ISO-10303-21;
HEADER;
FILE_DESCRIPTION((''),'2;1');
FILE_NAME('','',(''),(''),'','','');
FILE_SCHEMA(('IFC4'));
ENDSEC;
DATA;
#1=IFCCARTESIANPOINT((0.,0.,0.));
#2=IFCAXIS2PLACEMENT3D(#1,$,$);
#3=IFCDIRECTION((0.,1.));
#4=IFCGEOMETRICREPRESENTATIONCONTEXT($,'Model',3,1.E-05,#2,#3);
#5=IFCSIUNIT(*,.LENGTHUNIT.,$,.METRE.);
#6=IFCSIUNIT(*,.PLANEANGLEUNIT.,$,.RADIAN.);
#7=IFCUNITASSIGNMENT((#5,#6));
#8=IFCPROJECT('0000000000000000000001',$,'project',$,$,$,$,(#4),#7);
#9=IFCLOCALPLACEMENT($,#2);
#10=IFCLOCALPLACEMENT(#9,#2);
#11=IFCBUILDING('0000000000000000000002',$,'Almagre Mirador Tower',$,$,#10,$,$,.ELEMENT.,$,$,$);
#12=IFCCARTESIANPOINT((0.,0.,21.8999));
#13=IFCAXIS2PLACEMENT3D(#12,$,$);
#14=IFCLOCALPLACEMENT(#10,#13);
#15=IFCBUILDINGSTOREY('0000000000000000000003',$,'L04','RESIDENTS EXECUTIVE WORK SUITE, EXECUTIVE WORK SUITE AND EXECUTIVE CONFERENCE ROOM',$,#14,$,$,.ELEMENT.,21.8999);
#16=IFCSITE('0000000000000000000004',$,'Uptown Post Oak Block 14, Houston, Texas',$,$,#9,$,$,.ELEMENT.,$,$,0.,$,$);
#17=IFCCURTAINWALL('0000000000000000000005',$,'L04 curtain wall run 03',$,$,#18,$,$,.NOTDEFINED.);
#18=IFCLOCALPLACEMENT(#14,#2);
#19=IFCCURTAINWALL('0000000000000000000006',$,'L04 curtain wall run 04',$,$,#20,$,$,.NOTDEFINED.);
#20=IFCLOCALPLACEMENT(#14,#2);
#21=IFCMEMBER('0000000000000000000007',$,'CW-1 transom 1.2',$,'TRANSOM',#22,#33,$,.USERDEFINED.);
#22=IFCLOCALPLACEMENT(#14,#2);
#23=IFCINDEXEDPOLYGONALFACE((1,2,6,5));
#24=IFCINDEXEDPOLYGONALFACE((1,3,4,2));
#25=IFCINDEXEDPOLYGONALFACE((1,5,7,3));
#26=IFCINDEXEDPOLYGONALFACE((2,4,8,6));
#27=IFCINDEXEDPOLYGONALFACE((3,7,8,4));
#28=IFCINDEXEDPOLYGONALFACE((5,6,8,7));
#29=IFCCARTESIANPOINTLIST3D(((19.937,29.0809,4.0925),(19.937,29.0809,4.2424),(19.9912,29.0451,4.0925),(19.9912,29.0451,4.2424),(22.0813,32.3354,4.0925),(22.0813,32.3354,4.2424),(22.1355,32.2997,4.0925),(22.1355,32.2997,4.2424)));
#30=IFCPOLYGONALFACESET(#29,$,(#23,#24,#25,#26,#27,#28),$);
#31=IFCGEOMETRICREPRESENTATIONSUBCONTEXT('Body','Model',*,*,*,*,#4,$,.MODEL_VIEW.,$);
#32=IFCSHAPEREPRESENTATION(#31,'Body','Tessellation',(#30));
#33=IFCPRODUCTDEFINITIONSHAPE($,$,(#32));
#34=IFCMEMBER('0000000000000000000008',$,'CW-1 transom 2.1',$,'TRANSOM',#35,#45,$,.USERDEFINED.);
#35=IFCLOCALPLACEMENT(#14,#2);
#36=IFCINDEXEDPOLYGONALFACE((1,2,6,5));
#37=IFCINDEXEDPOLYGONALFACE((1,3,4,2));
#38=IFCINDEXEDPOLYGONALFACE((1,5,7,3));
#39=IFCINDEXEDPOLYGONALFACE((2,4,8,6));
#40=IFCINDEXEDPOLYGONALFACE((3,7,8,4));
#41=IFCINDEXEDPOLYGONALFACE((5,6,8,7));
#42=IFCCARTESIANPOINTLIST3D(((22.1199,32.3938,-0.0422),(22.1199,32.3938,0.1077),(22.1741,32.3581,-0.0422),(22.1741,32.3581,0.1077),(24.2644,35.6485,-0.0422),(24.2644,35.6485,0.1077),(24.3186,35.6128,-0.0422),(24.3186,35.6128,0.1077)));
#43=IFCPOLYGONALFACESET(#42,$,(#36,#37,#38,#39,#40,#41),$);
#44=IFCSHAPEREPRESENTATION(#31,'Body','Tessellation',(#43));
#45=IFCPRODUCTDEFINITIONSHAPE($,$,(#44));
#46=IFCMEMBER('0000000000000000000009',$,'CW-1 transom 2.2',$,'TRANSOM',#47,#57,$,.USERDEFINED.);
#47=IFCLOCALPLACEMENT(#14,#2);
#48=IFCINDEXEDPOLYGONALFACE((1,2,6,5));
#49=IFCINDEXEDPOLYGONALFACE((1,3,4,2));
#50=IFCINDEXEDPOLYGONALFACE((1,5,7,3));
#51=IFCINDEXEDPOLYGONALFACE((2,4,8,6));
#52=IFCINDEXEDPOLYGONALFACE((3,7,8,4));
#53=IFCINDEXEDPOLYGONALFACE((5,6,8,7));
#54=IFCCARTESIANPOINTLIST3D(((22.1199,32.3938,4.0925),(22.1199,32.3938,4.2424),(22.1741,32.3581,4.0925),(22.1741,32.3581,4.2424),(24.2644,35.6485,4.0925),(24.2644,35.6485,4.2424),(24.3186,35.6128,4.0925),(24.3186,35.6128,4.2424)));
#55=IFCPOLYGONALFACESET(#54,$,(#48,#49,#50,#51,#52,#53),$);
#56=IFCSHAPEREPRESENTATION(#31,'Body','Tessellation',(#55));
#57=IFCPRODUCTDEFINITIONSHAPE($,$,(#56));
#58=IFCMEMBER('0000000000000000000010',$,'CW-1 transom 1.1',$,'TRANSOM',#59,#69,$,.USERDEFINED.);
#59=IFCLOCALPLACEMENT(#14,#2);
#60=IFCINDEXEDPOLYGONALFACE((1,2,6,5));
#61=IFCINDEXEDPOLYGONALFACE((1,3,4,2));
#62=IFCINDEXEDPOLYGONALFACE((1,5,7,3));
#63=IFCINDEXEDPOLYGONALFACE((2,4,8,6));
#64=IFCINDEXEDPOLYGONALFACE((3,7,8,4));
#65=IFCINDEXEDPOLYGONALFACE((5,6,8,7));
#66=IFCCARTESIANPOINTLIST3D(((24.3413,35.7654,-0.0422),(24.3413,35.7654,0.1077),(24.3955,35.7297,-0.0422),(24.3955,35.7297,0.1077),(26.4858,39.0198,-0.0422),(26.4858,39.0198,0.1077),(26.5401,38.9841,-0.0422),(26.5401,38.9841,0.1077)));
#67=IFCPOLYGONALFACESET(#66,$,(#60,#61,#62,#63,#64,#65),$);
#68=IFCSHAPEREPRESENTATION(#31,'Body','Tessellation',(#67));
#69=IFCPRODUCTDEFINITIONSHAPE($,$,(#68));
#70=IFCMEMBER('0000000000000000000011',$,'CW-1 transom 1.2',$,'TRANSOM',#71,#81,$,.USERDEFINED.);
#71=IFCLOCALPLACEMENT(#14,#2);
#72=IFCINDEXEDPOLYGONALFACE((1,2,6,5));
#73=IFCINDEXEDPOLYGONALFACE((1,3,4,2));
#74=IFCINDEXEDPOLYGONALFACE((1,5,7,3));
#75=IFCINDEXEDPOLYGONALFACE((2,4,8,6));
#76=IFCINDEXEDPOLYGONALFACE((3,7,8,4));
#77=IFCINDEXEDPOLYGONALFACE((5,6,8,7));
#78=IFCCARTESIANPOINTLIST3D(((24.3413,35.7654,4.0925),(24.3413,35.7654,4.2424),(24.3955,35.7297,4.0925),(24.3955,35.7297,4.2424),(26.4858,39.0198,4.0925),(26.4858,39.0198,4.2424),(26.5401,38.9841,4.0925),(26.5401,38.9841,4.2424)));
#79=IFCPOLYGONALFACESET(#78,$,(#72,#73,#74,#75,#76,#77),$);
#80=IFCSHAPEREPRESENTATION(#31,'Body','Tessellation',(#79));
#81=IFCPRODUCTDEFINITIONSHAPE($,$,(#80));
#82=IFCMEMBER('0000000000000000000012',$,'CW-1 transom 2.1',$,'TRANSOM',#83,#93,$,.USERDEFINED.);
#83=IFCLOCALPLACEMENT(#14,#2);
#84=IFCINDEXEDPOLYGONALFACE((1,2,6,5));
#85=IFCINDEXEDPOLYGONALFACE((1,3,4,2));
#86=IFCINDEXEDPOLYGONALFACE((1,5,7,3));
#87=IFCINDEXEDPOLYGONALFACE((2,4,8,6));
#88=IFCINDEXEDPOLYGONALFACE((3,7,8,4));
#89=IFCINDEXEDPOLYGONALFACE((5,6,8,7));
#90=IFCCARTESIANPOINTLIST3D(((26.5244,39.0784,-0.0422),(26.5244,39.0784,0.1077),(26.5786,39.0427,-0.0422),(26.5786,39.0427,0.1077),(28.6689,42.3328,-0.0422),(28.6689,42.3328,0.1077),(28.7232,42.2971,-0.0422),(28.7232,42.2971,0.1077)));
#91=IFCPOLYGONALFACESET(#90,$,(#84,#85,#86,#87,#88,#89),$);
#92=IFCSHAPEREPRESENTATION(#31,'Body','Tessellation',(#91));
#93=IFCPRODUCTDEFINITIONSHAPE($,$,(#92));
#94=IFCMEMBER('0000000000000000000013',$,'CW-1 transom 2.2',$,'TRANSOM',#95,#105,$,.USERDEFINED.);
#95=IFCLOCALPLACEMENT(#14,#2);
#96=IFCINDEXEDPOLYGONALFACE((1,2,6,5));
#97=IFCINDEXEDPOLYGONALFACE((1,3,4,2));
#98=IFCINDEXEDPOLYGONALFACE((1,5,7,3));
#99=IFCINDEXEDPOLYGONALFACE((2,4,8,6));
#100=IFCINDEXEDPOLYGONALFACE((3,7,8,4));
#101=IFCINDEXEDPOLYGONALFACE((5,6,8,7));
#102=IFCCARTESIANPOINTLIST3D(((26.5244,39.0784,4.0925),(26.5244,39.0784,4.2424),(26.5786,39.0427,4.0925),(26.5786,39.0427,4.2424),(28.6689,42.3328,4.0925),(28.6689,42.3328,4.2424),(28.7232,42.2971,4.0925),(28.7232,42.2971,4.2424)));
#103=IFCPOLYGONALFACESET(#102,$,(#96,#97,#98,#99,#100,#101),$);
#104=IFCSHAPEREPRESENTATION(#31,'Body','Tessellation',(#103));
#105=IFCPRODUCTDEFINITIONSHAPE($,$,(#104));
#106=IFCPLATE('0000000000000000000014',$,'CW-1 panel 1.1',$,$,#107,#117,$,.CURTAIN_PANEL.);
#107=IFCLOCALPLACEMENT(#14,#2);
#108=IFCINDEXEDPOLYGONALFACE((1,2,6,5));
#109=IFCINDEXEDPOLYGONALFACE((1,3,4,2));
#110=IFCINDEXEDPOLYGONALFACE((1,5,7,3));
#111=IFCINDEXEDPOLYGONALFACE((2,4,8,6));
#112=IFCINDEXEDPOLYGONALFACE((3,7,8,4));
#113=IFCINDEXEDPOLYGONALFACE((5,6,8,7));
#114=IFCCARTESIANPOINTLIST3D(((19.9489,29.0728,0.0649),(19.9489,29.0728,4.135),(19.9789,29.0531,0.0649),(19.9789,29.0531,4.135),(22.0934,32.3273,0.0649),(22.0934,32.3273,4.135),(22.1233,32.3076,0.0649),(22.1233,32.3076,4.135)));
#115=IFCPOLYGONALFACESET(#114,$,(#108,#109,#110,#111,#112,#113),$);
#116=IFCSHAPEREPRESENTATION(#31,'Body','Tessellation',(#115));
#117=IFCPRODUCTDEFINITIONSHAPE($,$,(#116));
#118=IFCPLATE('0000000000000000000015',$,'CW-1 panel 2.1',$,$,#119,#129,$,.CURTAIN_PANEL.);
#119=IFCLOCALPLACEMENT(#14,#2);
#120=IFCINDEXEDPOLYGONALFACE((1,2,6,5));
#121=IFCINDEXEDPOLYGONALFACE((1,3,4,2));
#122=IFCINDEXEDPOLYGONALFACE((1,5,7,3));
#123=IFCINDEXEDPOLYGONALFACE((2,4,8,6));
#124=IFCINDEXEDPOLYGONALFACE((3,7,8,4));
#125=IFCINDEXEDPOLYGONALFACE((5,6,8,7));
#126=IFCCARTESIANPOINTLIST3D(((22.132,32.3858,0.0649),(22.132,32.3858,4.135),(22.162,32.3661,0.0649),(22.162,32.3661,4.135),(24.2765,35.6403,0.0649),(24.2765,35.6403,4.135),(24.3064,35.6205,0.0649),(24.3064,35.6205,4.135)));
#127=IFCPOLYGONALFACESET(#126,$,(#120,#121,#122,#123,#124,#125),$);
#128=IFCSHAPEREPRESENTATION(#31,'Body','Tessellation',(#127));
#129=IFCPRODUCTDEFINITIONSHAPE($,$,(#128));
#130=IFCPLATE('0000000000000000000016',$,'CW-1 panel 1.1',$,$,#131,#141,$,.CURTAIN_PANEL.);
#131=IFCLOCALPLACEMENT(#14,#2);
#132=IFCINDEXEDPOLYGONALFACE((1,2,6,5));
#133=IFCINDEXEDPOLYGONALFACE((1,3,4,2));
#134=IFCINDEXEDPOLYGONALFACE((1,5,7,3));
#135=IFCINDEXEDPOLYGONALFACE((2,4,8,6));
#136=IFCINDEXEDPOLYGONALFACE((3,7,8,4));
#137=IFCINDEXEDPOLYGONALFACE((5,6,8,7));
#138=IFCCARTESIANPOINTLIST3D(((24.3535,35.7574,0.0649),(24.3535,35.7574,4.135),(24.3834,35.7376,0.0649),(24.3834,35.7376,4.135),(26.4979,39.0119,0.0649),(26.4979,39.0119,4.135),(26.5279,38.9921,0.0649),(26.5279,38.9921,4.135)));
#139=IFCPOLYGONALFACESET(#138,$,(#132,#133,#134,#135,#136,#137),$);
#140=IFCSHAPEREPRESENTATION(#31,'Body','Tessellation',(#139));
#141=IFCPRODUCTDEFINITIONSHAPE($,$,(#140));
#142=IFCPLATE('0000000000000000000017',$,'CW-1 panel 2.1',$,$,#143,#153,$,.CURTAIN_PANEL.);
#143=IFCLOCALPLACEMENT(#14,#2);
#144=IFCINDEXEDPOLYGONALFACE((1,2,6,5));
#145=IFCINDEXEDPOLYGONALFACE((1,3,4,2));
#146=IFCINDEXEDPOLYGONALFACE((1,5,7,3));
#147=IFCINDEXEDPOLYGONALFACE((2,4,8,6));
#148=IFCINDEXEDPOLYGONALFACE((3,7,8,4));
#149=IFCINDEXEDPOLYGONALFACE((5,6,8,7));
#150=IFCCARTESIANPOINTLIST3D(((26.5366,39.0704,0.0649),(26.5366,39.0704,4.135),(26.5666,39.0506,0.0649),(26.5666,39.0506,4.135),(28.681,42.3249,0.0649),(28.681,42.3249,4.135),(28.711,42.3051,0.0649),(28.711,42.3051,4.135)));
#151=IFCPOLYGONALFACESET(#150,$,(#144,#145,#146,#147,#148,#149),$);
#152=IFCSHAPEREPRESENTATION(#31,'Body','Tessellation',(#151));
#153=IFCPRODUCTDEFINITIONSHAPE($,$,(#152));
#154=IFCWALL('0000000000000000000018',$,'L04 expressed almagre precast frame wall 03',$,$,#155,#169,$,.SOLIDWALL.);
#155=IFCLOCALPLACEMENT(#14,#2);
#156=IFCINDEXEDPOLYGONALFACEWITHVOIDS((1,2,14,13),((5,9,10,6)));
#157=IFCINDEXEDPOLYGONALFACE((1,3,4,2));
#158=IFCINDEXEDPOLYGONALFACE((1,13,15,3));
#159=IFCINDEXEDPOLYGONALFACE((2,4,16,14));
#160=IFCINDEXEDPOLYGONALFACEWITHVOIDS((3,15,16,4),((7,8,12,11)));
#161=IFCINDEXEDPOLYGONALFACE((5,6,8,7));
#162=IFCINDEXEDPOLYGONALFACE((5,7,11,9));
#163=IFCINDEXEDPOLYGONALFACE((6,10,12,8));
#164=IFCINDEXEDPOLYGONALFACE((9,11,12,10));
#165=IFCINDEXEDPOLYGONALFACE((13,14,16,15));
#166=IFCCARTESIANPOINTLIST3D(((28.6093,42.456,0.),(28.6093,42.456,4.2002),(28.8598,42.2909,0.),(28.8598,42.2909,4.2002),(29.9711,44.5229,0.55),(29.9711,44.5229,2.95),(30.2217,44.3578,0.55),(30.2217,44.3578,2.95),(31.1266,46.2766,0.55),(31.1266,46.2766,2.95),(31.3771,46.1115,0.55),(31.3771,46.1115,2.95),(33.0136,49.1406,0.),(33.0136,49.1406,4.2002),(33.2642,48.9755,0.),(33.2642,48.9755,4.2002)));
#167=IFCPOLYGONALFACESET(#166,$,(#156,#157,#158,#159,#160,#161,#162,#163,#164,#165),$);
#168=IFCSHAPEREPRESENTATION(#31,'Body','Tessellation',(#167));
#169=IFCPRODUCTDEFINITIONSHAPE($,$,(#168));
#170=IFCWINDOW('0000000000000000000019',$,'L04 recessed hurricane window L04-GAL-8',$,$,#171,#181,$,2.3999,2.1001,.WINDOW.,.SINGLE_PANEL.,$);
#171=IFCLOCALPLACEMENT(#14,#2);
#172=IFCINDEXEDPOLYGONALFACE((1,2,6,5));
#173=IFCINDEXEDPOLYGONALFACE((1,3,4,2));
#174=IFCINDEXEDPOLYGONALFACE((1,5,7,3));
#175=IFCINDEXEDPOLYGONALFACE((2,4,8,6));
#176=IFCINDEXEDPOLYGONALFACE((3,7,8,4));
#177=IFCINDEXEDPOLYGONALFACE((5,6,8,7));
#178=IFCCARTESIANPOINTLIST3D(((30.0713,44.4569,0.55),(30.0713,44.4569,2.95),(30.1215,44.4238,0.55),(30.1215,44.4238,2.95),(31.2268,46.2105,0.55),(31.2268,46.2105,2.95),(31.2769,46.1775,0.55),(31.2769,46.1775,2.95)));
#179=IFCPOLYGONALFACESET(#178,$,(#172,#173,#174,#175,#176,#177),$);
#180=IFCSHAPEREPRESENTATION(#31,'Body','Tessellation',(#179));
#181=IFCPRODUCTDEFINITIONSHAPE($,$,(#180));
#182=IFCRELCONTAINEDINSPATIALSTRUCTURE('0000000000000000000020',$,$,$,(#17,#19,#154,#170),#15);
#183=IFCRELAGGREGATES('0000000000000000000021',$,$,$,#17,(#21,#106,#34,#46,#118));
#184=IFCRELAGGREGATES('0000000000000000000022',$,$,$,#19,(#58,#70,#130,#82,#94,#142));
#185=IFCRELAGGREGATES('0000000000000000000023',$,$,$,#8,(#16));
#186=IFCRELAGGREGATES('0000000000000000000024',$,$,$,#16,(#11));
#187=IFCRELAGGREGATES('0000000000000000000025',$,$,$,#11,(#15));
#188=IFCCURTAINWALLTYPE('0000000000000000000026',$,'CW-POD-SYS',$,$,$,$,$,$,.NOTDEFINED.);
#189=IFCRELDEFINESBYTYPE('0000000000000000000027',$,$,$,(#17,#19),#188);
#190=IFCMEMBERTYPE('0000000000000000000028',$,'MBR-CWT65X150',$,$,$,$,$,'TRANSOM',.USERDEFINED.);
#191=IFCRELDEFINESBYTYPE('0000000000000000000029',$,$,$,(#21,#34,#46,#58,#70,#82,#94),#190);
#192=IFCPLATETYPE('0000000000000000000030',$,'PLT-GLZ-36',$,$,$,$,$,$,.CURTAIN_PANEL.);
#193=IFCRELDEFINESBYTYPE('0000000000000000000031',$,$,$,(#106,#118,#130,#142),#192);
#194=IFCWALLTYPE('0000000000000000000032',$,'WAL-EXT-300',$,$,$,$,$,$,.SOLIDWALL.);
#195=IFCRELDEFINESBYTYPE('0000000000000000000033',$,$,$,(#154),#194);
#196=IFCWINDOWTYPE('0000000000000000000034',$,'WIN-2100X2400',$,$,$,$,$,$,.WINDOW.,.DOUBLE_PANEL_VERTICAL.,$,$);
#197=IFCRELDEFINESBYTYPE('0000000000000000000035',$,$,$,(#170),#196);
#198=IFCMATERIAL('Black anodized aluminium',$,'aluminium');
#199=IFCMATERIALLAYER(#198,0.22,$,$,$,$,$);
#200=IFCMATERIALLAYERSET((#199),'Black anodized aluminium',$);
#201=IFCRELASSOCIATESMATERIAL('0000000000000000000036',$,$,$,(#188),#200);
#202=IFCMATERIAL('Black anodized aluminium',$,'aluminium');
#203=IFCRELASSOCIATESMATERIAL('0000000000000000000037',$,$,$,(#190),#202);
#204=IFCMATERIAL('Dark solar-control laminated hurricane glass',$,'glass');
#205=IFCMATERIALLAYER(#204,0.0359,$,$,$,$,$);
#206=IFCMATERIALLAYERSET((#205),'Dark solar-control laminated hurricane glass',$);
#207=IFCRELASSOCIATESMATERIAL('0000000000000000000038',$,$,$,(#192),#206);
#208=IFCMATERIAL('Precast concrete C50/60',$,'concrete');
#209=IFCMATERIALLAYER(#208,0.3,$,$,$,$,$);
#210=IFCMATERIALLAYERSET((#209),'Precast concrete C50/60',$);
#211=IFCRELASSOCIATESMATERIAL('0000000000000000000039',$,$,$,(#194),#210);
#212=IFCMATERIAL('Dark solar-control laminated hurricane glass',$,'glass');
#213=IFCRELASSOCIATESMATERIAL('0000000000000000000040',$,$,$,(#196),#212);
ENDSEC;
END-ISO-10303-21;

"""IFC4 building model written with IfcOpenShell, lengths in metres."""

from ifc_helpers import new_model, si_unit, direction, frame, frame_2d, origin, origin_2d, place, context, subcontext, project, spatial, rectangle, extrude, material, layer, layer_set, material_profile, profile_set, type_object, element, fill, aggregate, save


model = new_model("IFC4")

# Units and contexts
model_context = context("Model", 3, precision=1e-05, world=origin(), true_north=direction((0.0, 1.0)))
body_context = subcontext(model_context, "Body", "Model", "MODEL_VIEW")
ifc_project = project(units=[si_unit("LENGTHUNIT", "METRE"), si_unit("PLANEANGLEUNIT", "RADIAN")], contexts=[model_context])

# Site, building, storey
site_placement = place(None, origin())
site = spatial("IfcSite", under=ifc_project, at=site_placement, Name="Uptown Post Oak Block 14, Houston, Texas", CompositionType="ELEMENT", RefElevation=0.0)
building_placement = place(site_placement, origin())
building = spatial("IfcBuilding", under=site, at=building_placement, Name="Almagre Mirador Tower", CompositionType="ELEMENT")
storey_placement = place(building_placement, frame((0.0, 0.0, 21.8999)))
storey = spatial("IfcBuildingStorey", under=building, at=storey_placement, Name="L04", Description="RESIDENTS EXECUTIVE WORK SUITE, EXECUTIVE WORK SUITE AND EXECUTIVE CONFERENCE ROOM", CompositionType="ELEMENT", Elevation=21.8999)

# Curtain walls
ifc_material_1 = material(Name="Black anodized aluminium", Category="aluminium")
ifc_layer_1 = layer(ifc_material_1, 0.22)
ifc_layer_set_1 = layer_set([ifc_layer_1], Name="Black anodized aluminium")
curtain_wall_type = type_object("IfcCurtainWallType", Name="CW-POD-SYS", PredefinedType="NOTDEFINED", material=ifc_layer_set_1)
curtain_wall_1_placement = place(storey_placement, origin())
curtain_wall_1 = element("IfcCurtainWall", 1, at=curtain_wall_1_placement, inside=storey, type_object=curtain_wall_type, Name="L04 curtain wall run 03", PredefinedType="NOTDEFINED")
curtain_wall_2_placement = place(storey_placement, origin())
curtain_wall_2 = element("IfcCurtainWall", 2, at=curtain_wall_2_placement, inside=storey, type_object=curtain_wall_type, Name="L04 curtain wall run 04", PredefinedType="NOTDEFINED")

# Members
ifc_material_2 = material(Name="Black anodized aluminium", Category="aluminium")
ifc_material_profile_1 = material_profile(ifc_material_2, rectangle(XDim=0.0649, YDim=0.1499, at=origin_2d()), Name="CWT65X150")
ifc_profile_set_1 = profile_set([ifc_material_profile_1], Name="Black anodized aluminium")
member_type_1 = type_object("IfcMemberType", Name="MBR-CWT65X150", ElementType="TRANSOM", PredefinedType="USERDEFINED", material=ifc_profile_set_1)
member_1_placement = place(storey_placement, frame((19.9641, 29.063, 4.1675), z_axis=(0.550167, 0.835054, 0.0), x_axis=(-0.835054, 0.550167, 0.0)))
member_1 = element("IfcMember", 3, at=member_1_placement, type_object=member_type_1, Name="CW-1 transom 1.2", ObjectType="TRANSOM", PredefinedType="USERDEFINED", context=body_context, shape_type="SweptSolid", body=[
    extrude(rectangle(XDim=0.0649, YDim=0.1499, at=origin_2d()), origin(), (0.0, 0.0, 1.0), 3.8975),
])
member_2_placement = place(storey_placement, frame((22.147, 32.376, 0.0327), z_axis=(0.550211, 0.835026, 0.0), x_axis=(-0.835026, 0.550211, 0.0)))
member_2 = element("IfcMember", 4, at=member_2_placement, type_object=member_type_1, Name="CW-1 transom 2.1", ObjectType="TRANSOM", PredefinedType="USERDEFINED", context=body_context, shape_type="SweptSolid", body=[
    extrude(rectangle(XDim=0.0649, YDim=0.1499, at=origin_2d()), origin(), (0.0, 0.0, 1.0), 3.8977),
])
member_3_placement = place(storey_placement, frame((22.147, 32.376, 4.1675), z_axis=(0.550211, 0.835026, 0.0), x_axis=(-0.835026, 0.550211, 0.0)))
member_3 = element("IfcMember", 5, at=member_3_placement, type_object=member_type_1, Name="CW-1 transom 2.2", ObjectType="TRANSOM", PredefinedType="USERDEFINED", context=body_context, shape_type="SweptSolid", body=[
    extrude(rectangle(XDim=0.0649, YDim=0.1499, at=origin_2d()), origin(), (0.0, 0.0, 1.0), 3.8977),
])
member_4_placement = place(storey_placement, frame((24.3684, 35.7476, 0.0327), z_axis=(0.55024, 0.835007, 0.0), x_axis=(-0.835007, 0.55024, 0.0)))
member_4 = element("IfcMember", 6, at=member_4_placement, type_object=member_type_1, Name="CW-1 transom 1.1", ObjectType="TRANSOM", PredefinedType="USERDEFINED", context=body_context, shape_type="SweptSolid", body=[
    extrude(rectangle(XDim=0.0649, YDim=0.1499, at=origin_2d()), origin(), (0.0, 0.0, 1.0), 3.8975),
])
member_5_placement = place(storey_placement, frame((24.3684, 35.7476, 4.1675), z_axis=(0.55024, 0.835007, 0.0), x_axis=(-0.835007, 0.55024, 0.0)))
member_5 = element("IfcMember", 7, at=member_5_placement, type_object=member_type_1, Name="CW-1 transom 1.2", ObjectType="TRANSOM", PredefinedType="USERDEFINED", context=body_context, shape_type="SweptSolid", body=[
    extrude(rectangle(XDim=0.0649, YDim=0.1499, at=origin_2d()), origin(), (0.0, 0.0, 1.0), 3.8975),
])
member_6_placement = place(storey_placement, frame((26.5515, 39.0605, 0.0327), z_axis=(0.55024, 0.835007, 0.0), x_axis=(-0.835007, 0.55024, 0.0)))
member_6 = element("IfcMember", 8, at=member_6_placement, type_object=member_type_1, Name="CW-1 transom 2.1", ObjectType="TRANSOM", PredefinedType="USERDEFINED", context=body_context, shape_type="SweptSolid", body=[
    extrude(rectangle(XDim=0.0649, YDim=0.1499, at=origin_2d()), origin(), (0.0, 0.0, 1.0), 3.8975),
])
member_7_placement = place(storey_placement, frame((26.5515, 39.0605, 4.1675), z_axis=(0.55024, 0.835007, 0.0), x_axis=(-0.835007, 0.55024, 0.0)))
member_7 = element("IfcMember", 9, at=member_7_placement, type_object=member_type_1, Name="CW-1 transom 2.2", ObjectType="TRANSOM", PredefinedType="USERDEFINED", context=body_context, shape_type="SweptSolid", body=[
    extrude(rectangle(XDim=0.0649, YDim=0.1499, at=origin_2d()), origin(), (0.0, 0.0, 1.0), 3.8975),
])

# Plates
ifc_material_3 = material(Name="Dark solar-control laminated hurricane glass", Category="glass")
ifc_layer_2 = layer(ifc_material_3, 0.0359)
ifc_layer_set_2 = layer_set([ifc_layer_2], Name="Dark solar-control laminated hurricane glass")
plate_type = type_object("IfcPlateType", Name="PLT-GLZ-36", PredefinedType="CURTAIN_PANEL", material=ifc_layer_set_2)
plate_1_placement = place(storey_placement, frame((21.0361, 30.6902, 0.0649), z_axis=(0.0, 0.0, 1.0), x_axis=(0.550209, 0.835027, 0.0)))
plate_1 = element("IfcPlate", 10, at=plate_1_placement, type_object=plate_type, Name="CW-1 panel 1.1", PredefinedType="CURTAIN_PANEL", context=body_context, shape_type="SweptSolid", body=[
    extrude(rectangle(XDim=3.8975, YDim=0.0359, at=origin_2d()), origin(), (0.0, 0.0, 1.0), 4.0701),
])
plate_2_placement = place(storey_placement, frame((23.2192, 34.0032, 0.0649), z_axis=(0.0, 0.0, 1.0), x_axis=(0.550209, 0.835027, 0.0)))
plate_2 = element("IfcPlate", 11, at=plate_2_placement, type_object=plate_type, Name="CW-1 panel 2.1", PredefinedType="CURTAIN_PANEL", context=body_context, shape_type="SweptSolid", body=[
    extrude(rectangle(XDim=3.8975, YDim=0.0359, at=origin_2d()), origin(), (0.0, 0.0, 1.0), 4.0701),
])
aggregate(curtain_wall_1, [member_1, plate_1, member_2, member_3, plate_2])
plate_3_placement = place(storey_placement, frame((25.4407, 37.3748, 0.0649), z_axis=(0.0, 0.0, 1.0), x_axis=(0.550209, 0.835027, 0.0)))
plate_3 = element("IfcPlate", 12, at=plate_3_placement, type_object=plate_type, Name="CW-1 panel 1.1", PredefinedType="CURTAIN_PANEL", context=body_context, shape_type="SweptSolid", body=[
    extrude(rectangle(XDim=3.8975, YDim=0.0359, at=origin_2d()), origin(), (0.0, 0.0, 1.0), 4.0701),
])
plate_4_placement = place(storey_placement, frame((27.6238, 40.6877, 0.0649), z_axis=(0.0, 0.0, 1.0), x_axis=(0.550209, 0.835027, 0.0)))
plate_4 = element("IfcPlate", 13, at=plate_4_placement, type_object=plate_type, Name="CW-1 panel 2.1", PredefinedType="CURTAIN_PANEL", context=body_context, shape_type="SweptSolid", body=[
    extrude(rectangle(XDim=3.8975, YDim=0.0359, at=origin_2d()), origin(), (0.0, 0.0, 1.0), 4.0701),
])
aggregate(curtain_wall_2, [member_4, member_5, plate_3, member_6, member_7, plate_4])

# Wall, opening, window
ifc_material_4 = material(Name="Precast concrete C50/60", Category="concrete")
ifc_layer_3 = layer(ifc_material_4, 0.3)
ifc_layer_set_3 = layer_set([ifc_layer_3], Name="Precast concrete C50/60")
wall_type = type_object("IfcWallType", Name="WAL-EXT-300", PredefinedType="SOLIDWALL", material=ifc_layer_set_3)
wall_1_placement = place(storey_placement, frame((28.7346, 42.3735, 0.0), z_axis=(0.0, 0.0, 1.0), x_axis=(0.550188, 0.835041, 0.0)))
wall_1 = element("IfcWall", 14, at=wall_1_placement, inside=storey, type_object=wall_type, Name="L04 expressed almagre precast frame wall 03", PredefinedType="SOLIDWALL", context=body_context, shape_type="SweptSolid", body=[
    extrude(rectangle(XDim=8.0051, YDim=0.3, at=frame_2d((4.0024, 0.0))), origin(), (0.0, 0.0, 1.0), 4.2002),
])
opening_1_placement = place(wall_1_placement, frame((2.4751, 0.0, 0.55)))
opening_1 = element("IfcOpeningElement", 15, at=opening_1_placement, cuts=wall_1, PredefinedType="OPENING", context=body_context, shape_type="SweptSolid", body=[
    extrude(rectangle(XDim=2.1001, YDim=2.3999, at=frame_2d((1.05, 1.2))), frame((0.0, 0.1599, 0.0), z_axis=(0.0, -1.0, 0.0), x_axis=(1.0, 0.0, 0.0)), (0.0, 0.0, 1.0), 0.32),
])
ifc_material_5 = material(Name="Dark solar-control laminated hurricane glass", Category="glass")
window_type_1 = type_object("IfcWindowType", Name="WIN-2100X2400", PartitioningType="DOUBLE_PANEL_VERTICAL", PredefinedType="WINDOW", material=ifc_material_5)
window_1_placement = place(opening_1_placement, origin())
window_1 = element("IfcWindow", 16, at=window_1_placement, inside=storey, type_object=window_type_1, Name="L04 recessed hurricane window L04-GAL-8", OverallHeight=2.3999, OverallWidth=2.1001, PartitioningType="SINGLE_PANEL", PredefinedType="WINDOW", context=body_context, shape_type="SweptSolid", body=[
    extrude(rectangle(XDim=2.1001, YDim=2.3999, at=frame_2d((1.05, 1.2))), frame((0.0, 0.03, 0.0), z_axis=(0.0, -1.0, 0.0), x_axis=(1.0, 0.0, 0.0)), (0.0, 0.0, 1.0), 0.0601),
])
fill(opening_1, window_1)

save(model, "model.ifc")
